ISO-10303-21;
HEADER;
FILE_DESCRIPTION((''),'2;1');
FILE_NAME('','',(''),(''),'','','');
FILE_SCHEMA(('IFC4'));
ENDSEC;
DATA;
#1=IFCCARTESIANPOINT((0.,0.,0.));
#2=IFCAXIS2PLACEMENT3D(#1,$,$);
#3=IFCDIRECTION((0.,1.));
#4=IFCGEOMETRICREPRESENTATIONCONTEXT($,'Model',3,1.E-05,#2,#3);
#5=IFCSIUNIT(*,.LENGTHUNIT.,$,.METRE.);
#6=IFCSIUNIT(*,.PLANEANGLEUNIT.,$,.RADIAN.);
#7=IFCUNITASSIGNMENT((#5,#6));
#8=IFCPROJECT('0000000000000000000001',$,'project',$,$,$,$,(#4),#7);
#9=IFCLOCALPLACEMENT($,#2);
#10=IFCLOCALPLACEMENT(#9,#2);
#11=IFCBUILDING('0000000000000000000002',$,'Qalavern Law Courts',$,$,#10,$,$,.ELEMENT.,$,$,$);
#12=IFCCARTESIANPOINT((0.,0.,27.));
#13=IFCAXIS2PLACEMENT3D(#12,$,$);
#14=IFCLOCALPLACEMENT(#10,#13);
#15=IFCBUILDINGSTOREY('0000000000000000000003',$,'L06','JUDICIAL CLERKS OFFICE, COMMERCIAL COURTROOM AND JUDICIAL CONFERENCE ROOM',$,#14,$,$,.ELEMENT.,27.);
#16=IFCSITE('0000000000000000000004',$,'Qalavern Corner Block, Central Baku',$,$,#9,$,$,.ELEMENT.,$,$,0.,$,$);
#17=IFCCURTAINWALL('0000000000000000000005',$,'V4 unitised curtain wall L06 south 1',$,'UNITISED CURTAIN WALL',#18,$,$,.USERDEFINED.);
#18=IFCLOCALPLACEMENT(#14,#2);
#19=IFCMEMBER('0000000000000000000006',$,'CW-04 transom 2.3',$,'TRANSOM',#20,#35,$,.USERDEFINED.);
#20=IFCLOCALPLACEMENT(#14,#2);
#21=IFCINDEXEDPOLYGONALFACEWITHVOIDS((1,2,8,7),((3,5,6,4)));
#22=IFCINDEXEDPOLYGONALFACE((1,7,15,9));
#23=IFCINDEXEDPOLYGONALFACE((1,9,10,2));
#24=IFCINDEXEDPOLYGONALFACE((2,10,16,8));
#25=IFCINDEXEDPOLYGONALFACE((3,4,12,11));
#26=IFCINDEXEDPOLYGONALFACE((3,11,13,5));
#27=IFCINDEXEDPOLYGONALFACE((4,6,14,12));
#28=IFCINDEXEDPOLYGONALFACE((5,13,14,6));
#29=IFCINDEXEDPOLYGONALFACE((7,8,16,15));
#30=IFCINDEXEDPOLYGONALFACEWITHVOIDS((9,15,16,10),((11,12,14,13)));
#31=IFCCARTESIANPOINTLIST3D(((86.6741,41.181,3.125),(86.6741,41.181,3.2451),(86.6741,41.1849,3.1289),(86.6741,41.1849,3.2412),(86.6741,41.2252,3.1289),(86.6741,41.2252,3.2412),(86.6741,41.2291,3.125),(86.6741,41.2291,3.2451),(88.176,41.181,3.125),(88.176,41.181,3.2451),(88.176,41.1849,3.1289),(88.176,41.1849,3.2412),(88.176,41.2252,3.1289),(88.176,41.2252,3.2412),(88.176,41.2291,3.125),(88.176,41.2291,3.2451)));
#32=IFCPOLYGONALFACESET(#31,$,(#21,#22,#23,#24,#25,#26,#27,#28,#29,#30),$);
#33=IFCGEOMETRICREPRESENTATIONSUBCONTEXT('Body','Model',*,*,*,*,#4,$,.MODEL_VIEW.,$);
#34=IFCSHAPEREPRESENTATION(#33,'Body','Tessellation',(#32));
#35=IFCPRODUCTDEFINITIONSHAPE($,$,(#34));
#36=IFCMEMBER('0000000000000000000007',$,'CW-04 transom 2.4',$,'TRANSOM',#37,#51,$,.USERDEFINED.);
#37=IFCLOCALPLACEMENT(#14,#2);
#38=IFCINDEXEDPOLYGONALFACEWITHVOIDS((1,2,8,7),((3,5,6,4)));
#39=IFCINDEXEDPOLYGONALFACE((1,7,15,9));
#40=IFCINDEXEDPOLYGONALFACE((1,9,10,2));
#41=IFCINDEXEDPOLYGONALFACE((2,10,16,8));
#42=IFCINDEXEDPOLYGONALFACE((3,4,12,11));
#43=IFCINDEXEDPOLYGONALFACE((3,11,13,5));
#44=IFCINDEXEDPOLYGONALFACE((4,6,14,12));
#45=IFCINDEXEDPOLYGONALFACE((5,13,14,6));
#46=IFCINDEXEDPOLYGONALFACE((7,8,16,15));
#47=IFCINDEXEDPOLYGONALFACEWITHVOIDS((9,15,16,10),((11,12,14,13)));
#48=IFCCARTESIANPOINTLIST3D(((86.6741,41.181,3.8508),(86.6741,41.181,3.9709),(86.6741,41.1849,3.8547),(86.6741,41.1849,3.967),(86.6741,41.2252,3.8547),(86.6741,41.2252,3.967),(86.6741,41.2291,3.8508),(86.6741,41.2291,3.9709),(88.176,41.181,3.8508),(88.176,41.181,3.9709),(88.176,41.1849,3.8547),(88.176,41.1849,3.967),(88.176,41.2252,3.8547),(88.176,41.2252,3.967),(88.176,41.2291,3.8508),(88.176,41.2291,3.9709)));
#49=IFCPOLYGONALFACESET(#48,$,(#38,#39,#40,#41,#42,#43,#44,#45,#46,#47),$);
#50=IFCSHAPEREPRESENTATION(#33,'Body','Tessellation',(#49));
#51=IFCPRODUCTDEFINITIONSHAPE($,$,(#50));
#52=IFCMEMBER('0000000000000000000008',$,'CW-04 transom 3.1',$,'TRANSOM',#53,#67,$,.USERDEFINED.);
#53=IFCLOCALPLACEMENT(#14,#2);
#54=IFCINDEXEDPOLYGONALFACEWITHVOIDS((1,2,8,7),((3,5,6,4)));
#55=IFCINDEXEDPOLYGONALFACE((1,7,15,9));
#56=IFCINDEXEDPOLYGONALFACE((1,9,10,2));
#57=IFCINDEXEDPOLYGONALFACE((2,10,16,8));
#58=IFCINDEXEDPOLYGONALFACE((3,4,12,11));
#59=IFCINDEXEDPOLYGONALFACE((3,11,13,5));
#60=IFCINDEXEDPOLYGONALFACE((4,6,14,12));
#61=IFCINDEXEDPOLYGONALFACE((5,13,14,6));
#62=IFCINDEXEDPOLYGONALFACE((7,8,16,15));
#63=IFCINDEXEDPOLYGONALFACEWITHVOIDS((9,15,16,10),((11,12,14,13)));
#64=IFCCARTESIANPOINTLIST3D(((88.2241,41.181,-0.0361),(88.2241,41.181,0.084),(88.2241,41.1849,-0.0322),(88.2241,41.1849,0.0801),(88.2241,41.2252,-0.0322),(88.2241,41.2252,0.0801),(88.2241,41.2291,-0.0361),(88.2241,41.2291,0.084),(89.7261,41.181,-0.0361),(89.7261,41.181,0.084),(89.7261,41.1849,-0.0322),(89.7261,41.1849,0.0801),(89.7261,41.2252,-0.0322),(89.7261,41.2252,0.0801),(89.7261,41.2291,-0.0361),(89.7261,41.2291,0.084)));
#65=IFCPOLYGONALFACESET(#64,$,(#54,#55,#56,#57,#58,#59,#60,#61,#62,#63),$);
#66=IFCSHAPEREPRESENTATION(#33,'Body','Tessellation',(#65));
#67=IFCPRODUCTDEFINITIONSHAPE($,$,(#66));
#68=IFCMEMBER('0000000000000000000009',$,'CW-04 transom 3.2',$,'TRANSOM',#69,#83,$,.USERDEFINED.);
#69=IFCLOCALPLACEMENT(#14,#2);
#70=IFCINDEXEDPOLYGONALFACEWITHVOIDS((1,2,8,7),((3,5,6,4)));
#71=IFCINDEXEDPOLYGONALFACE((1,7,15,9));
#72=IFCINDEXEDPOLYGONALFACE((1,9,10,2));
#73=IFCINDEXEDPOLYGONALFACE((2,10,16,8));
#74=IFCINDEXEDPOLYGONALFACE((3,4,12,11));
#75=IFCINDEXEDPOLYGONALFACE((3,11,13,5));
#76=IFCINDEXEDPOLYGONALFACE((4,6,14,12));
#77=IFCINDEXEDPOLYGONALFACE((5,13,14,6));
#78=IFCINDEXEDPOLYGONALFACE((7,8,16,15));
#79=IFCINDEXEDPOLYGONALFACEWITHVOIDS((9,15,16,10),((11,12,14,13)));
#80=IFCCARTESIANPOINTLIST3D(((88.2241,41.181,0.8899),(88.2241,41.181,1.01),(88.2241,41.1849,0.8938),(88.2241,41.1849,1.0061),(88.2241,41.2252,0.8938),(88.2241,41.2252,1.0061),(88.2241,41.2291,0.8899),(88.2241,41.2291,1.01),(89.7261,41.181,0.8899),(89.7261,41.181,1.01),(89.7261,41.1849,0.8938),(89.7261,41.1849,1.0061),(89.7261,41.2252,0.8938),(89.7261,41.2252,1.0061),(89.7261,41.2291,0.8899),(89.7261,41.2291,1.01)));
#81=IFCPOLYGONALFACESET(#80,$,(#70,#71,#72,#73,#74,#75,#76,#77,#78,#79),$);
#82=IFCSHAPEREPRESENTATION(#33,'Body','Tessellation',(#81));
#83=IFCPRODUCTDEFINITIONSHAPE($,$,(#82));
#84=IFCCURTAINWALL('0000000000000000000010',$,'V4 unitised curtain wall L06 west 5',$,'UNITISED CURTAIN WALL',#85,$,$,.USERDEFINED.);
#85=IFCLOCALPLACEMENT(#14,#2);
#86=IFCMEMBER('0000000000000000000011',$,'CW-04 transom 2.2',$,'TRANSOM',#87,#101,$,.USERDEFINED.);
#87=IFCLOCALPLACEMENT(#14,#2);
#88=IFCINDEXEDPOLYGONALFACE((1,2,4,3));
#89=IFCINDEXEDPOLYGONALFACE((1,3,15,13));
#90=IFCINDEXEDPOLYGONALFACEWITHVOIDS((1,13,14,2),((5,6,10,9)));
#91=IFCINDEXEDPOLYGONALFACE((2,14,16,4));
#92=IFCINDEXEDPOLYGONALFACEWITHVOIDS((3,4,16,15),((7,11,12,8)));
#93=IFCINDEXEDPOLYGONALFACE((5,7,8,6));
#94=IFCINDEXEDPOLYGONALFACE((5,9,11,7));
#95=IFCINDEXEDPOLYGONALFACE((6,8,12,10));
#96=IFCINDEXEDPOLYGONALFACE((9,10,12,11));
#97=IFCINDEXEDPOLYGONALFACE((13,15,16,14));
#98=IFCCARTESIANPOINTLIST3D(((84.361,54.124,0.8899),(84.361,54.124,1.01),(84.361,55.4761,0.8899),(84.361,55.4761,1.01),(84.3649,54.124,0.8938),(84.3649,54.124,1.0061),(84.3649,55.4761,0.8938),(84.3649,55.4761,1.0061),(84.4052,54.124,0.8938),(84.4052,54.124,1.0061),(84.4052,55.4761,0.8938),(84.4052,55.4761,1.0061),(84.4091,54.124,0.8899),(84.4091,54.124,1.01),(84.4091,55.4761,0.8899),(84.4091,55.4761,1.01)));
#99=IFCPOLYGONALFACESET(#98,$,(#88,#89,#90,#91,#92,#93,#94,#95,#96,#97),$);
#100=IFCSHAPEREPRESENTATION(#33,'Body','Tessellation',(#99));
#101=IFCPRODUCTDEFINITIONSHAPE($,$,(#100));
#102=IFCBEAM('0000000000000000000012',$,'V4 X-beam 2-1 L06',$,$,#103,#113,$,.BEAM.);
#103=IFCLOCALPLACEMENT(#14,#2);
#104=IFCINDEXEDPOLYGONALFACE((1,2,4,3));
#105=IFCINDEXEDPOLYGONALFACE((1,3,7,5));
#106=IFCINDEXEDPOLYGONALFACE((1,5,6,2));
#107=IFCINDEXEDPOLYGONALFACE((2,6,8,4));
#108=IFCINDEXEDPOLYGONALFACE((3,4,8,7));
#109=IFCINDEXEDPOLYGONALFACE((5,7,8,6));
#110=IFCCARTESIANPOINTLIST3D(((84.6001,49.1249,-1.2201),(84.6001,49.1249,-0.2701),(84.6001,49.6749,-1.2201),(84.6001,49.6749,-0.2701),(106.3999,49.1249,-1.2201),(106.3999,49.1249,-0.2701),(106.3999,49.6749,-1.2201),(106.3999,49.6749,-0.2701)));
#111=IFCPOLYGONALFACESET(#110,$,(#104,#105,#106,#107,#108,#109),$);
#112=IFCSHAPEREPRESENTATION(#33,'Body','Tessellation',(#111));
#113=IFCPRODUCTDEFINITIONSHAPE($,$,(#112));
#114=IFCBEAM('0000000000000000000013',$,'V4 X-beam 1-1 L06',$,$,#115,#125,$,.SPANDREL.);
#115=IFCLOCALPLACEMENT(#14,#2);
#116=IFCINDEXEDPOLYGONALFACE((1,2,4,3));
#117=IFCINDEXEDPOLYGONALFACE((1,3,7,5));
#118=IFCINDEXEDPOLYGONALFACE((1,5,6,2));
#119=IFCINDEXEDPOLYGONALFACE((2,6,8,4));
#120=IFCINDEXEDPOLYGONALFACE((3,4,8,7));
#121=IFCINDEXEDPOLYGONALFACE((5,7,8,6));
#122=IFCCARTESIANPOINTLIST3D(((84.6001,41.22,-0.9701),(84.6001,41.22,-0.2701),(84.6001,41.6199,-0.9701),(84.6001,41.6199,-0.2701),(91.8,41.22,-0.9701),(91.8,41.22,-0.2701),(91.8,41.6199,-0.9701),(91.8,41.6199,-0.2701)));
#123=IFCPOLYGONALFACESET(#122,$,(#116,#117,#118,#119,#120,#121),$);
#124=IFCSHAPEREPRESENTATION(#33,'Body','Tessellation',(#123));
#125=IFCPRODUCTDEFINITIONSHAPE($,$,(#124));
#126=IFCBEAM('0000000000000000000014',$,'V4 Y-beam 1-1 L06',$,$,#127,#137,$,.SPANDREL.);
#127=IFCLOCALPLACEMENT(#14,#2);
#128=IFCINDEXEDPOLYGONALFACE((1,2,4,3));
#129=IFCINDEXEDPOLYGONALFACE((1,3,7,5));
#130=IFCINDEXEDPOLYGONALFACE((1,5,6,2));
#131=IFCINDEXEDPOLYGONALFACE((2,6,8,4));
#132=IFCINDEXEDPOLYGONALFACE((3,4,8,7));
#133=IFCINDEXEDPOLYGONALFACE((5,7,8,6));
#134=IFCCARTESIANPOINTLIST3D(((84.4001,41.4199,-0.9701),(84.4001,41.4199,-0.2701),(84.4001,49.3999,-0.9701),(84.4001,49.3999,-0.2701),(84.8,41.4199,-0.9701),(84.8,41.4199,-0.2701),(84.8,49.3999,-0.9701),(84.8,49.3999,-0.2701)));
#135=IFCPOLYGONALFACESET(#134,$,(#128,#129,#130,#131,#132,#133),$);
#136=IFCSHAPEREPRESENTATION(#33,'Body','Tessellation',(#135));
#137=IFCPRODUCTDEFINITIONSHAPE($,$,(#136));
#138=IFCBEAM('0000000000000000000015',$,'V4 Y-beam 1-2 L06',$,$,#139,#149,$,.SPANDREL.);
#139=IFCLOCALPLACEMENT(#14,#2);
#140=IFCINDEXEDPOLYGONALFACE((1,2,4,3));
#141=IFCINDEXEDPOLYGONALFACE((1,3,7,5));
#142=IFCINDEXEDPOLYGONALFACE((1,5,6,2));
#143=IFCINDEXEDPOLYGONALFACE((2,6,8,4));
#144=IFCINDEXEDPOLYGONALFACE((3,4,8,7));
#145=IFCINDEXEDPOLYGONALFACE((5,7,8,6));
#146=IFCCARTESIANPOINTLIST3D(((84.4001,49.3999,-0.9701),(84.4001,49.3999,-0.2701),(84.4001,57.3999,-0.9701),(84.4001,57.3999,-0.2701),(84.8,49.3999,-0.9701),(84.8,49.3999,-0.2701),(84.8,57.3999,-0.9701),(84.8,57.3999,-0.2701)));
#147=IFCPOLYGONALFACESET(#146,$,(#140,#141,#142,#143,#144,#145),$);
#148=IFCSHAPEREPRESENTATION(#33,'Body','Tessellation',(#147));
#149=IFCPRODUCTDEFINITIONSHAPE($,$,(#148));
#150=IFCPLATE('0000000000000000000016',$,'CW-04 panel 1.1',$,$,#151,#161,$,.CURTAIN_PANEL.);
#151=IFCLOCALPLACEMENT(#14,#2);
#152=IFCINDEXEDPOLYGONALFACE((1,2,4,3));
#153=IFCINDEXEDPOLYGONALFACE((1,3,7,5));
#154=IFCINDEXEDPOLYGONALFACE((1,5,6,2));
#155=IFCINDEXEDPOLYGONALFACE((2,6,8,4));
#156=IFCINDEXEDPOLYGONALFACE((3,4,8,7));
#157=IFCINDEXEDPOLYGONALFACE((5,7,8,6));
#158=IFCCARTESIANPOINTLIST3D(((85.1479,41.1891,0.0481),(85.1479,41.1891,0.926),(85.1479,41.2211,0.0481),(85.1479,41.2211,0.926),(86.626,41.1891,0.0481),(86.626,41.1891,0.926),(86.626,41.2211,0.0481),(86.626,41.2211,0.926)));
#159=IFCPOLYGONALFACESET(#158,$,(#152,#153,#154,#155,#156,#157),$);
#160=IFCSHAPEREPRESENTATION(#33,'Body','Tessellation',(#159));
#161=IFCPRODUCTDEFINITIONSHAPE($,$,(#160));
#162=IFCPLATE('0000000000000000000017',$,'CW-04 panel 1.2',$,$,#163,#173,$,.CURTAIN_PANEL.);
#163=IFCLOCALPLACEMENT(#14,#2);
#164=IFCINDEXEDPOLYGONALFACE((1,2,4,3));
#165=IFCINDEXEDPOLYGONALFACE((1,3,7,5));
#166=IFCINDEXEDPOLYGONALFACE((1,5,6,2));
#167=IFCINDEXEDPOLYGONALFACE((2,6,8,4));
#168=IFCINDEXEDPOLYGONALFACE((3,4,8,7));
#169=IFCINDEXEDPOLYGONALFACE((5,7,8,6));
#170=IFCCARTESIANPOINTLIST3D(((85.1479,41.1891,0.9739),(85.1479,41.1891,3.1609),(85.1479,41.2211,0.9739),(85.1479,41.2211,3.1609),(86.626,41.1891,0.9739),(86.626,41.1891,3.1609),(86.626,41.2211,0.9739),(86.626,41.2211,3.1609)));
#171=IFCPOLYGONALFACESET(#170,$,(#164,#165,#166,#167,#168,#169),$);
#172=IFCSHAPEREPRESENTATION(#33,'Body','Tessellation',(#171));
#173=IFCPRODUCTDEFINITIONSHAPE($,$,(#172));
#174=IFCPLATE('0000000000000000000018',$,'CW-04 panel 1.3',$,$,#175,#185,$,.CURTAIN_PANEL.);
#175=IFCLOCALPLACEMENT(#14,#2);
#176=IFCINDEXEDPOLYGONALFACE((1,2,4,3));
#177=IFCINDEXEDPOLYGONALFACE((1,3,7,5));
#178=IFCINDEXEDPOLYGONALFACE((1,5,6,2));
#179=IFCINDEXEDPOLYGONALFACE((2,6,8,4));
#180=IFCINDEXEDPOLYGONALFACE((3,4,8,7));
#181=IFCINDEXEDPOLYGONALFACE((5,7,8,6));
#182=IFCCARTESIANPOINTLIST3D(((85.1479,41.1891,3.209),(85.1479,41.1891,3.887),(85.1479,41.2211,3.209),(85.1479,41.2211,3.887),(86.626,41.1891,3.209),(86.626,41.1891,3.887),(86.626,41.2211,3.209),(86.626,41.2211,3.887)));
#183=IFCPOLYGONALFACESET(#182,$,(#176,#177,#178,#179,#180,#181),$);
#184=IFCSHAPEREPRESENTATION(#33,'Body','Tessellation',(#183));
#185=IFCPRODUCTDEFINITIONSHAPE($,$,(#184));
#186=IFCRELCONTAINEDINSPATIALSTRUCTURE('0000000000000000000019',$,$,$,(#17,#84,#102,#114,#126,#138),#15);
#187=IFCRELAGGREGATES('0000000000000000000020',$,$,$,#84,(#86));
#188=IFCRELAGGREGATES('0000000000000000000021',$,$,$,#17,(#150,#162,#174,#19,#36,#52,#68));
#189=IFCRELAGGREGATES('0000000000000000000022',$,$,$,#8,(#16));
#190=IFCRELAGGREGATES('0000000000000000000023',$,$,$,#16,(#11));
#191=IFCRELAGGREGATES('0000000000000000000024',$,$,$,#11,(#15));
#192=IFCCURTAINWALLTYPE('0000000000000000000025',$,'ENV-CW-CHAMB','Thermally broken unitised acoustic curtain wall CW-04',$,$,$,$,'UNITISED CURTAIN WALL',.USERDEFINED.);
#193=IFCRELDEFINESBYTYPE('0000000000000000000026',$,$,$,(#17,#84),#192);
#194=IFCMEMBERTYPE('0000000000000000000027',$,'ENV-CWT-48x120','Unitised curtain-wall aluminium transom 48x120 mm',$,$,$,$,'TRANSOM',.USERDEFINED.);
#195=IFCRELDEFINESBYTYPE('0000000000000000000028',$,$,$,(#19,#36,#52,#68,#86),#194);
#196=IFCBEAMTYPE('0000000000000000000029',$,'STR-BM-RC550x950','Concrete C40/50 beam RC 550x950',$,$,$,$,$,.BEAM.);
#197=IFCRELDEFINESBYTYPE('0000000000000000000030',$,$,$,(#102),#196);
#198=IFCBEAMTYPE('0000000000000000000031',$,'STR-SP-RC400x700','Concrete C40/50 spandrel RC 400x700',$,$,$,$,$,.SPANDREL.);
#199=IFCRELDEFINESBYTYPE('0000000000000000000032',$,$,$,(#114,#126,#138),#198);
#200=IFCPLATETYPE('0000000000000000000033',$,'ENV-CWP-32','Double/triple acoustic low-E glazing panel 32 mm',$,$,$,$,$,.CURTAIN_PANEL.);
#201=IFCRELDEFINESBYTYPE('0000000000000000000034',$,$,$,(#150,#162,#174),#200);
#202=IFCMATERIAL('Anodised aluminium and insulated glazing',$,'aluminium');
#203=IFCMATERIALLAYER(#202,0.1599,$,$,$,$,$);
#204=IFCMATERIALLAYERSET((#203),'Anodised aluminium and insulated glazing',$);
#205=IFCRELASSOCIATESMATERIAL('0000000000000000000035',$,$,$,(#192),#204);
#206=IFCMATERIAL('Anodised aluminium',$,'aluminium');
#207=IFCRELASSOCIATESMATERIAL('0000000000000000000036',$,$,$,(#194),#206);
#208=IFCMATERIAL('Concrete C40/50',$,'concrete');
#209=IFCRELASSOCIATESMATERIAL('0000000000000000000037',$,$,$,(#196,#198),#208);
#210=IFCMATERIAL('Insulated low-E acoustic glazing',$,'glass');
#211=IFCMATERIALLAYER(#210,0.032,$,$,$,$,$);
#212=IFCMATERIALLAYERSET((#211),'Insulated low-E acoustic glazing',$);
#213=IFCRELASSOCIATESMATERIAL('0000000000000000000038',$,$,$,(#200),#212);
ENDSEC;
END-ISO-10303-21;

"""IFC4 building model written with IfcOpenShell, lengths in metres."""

from ifc_helpers import new_model, si_unit, direction, frame, origin, origin_2d, place, context, subcontext, project, spatial, rectangle, hollow_rectangle, extrude, material, layer, layer_set, material_profile, profile_set, type_object, element, aggregate, save


model = new_model("IFC4")

# Units and contexts
model_context = context("Model", 3, precision=1e-05, world=origin(), true_north=direction((0.0, 1.0)))
body_context = subcontext(model_context, "Body", "Model", "MODEL_VIEW")
ifc_project = project(units=[si_unit("LENGTHUNIT", "METRE"), si_unit("PLANEANGLEUNIT", "RADIAN")], contexts=[model_context])

# Site, building, storey
site_placement = place(None, origin())
site = spatial("IfcSite", under=ifc_project, at=site_placement, Name="Qalavern Corner Block, Central Baku", CompositionType="ELEMENT", RefElevation=0.0)
building_placement = place(site_placement, origin())
building = spatial("IfcBuilding", under=site, at=building_placement, Name="Qalavern Law Courts", CompositionType="ELEMENT")
storey_placement = place(building_placement, frame((0.0, 0.0, 27.0)))
storey = spatial("IfcBuildingStorey", under=building, at=storey_placement, Name="L06", Description="JUDICIAL CLERKS OFFICE, COMMERCIAL COURTROOM AND JUDICIAL CONFERENCE ROOM", CompositionType="ELEMENT", Elevation=27.0)

# Curtain wall, members
ifc_material_1 = material(Name="Anodised aluminium and insulated glazing", Category="aluminium")
ifc_layer_1 = layer(ifc_material_1, 0.1599)
ifc_layer_set_1 = layer_set([ifc_layer_1], Name="Anodised aluminium and insulated glazing")
curtain_wall_type = type_object("IfcCurtainWallType", Name="ENV-CW-CHAMB", Description="Thermally broken unitised acoustic curtain wall CW-04", ElementType="UNITISED CURTAIN WALL", PredefinedType="USERDEFINED", material=ifc_layer_set_1)
curtain_wall_1_placement = place(storey_placement, origin())
curtain_wall_1 = element("IfcCurtainWall", 1, at=curtain_wall_1_placement, inside=storey, type_object=curtain_wall_type, Name="V4 unitised curtain wall L06 south 1", ObjectType="UNITISED CURTAIN WALL", PredefinedType="USERDEFINED")
ifc_material_2 = material(Name="Anodised aluminium", Category="aluminium")
ifc_material_profile_1 = material_profile(ifc_material_2, hollow_rectangle(XDim=0.0481, YDim=0.1201, WallThickness=0.0039, at=origin_2d()), Name="ALU TRANSOM 48x120")
ifc_profile_set_1 = profile_set([ifc_material_profile_1], Name="Anodised aluminium")
member_type_1 = type_object("IfcMemberType", Name="ENV-CWT-48x120", Description="Unitised curtain-wall aluminium transom 48x120 mm", ElementType="TRANSOM", PredefinedType="USERDEFINED", material=ifc_profile_set_1)
member_1_placement = place(storey_placement, frame((86.6741, 41.2051, 3.1851), z_axis=(1.0, 0.0, 0.0), x_axis=(0.0, 1.0, 0.0)))
member_1 = element("IfcMember", 2, at=member_1_placement, type_object=member_type_1, Name="CW-04 transom 2.3", ObjectType="TRANSOM", PredefinedType="USERDEFINED", context=body_context, shape_type="SweptSolid", body=[
    extrude(hollow_rectangle(XDim=0.0481, YDim=0.1201, WallThickness=0.0039, at=origin_2d()), origin(), (0.0, 0.0, 1.0), 1.502),
])
member_2_placement = place(storey_placement, frame((86.6741, 41.2051, 3.9109), z_axis=(1.0, 0.0, 0.0), x_axis=(0.0, 1.0, 0.0)))
member_2 = element("IfcMember", 3, at=member_2_placement, type_object=member_type_1, Name="CW-04 transom 2.4", ObjectType="TRANSOM", PredefinedType="USERDEFINED", context=body_context, shape_type="SweptSolid", body=[
    extrude(hollow_rectangle(XDim=0.0481, YDim=0.1201, WallThickness=0.0039, at=origin_2d()), origin(), (0.0, 0.0, 1.0), 1.502),
])
member_3_placement = place(storey_placement, frame((88.2241, 41.2051, 0.0239), z_axis=(1.0, 0.0, 0.0), x_axis=(0.0, 1.0, 0.0)))
member_3 = element("IfcMember", 4, at=member_3_placement, type_object=member_type_1, Name="CW-04 transom 3.1", ObjectType="TRANSOM", PredefinedType="USERDEFINED", context=body_context, shape_type="SweptSolid", body=[
    extrude(hollow_rectangle(XDim=0.0481, YDim=0.1201, WallThickness=0.0039, at=origin_2d()), origin(), (0.0, 0.0, 1.0), 1.502),
])
member_4_placement = place(storey_placement, frame((88.2241, 41.2051, 0.95), z_axis=(1.0, 0.0, 0.0), x_axis=(0.0, 1.0, 0.0)))
member_4 = element("IfcMember", 5, at=member_4_placement, type_object=member_type_1, Name="CW-04 transom 3.2", ObjectType="TRANSOM", PredefinedType="USERDEFINED", context=body_context, shape_type="SweptSolid", body=[
    extrude(hollow_rectangle(XDim=0.0481, YDim=0.1201, WallThickness=0.0039, at=origin_2d()), origin(), (0.0, 0.0, 1.0), 1.502),
])

# Curtain wall, member
curtain_wall_2_placement = place(storey_placement, origin())
curtain_wall_2 = element("IfcCurtainWall", 6, at=curtain_wall_2_placement, inside=storey, type_object=curtain_wall_type, Name="V4 unitised curtain wall L06 west 5", ObjectType="UNITISED CURTAIN WALL", PredefinedType="USERDEFINED")
member_5_placement = place(storey_placement, frame((84.385, 55.4761, 0.95), z_axis=(0.0, -1.0, 0.0), x_axis=(1.0, 0.0, 0.0)))
member_5 = element("IfcMember", 7, at=member_5_placement, type_object=member_type_1, Name="CW-04 transom 2.2", ObjectType="TRANSOM", PredefinedType="USERDEFINED", context=body_context, shape_type="SweptSolid", body=[
    extrude(hollow_rectangle(XDim=0.0481, YDim=0.1201, WallThickness=0.0039, at=origin_2d()), origin(), (0.0, 0.0, 1.0), 1.3521),
])
aggregate(curtain_wall_2, [member_5])

# Beams
ifc_material_3 = material(Name="Concrete C40/50", Category="concrete")
ifc_material_profile_2 = material_profile(ifc_material_3, rectangle(XDim=0.55, YDim=0.95, at=origin_2d()), Name="RC 550x950")
ifc_profile_set_2 = profile_set([ifc_material_profile_2], Name="Concrete C40/50")
beam_type_1 = type_object("IfcBeamType", Name="STR-BM-RC550x950", Description="Concrete C40/50 beam RC 550x950", PredefinedType="BEAM", material=ifc_profile_set_2)
beam_1_placement = place(storey_placement, frame((84.6001, 49.3999, -0.7451), z_axis=(1.0, 0.0, 0.0), x_axis=(0.0, 1.0, 0.0)))
element("IfcBeam", 8, at=beam_1_placement, inside=storey, type_object=beam_type_1, Name="V4 X-beam 2-1 L06", PredefinedType="BEAM", context=body_context, shape_type="SweptSolid", body=[
    extrude(rectangle(XDim=0.55, YDim=0.95, at=origin_2d()), origin(), (0.0, 0.0, 1.0), 21.7998),
])
ifc_material_profile_3 = material_profile(ifc_material_3, rectangle(XDim=0.3999, YDim=0.7, at=origin_2d()), Name="RC 400x700")
ifc_profile_set_3 = profile_set([ifc_material_profile_3], Name="Concrete C40/50")
beam_type_2 = type_object("IfcBeamType", Name="STR-SP-RC400x700", Description="Concrete C40/50 spandrel RC 400x700", PredefinedType="SPANDREL", material=ifc_profile_set_3)
beam_2_placement = place(storey_placement, frame((84.6001, 41.4199, -0.6201), z_axis=(1.0, 0.0, 0.0), x_axis=(0.0, 1.0, 0.0)))
element("IfcBeam", 9, at=beam_2_placement, inside=storey, type_object=beam_type_2, Name="V4 X-beam 1-1 L06", PredefinedType="SPANDREL", context=body_context, shape_type="SweptSolid", body=[
    extrude(rectangle(XDim=0.3999, YDim=0.7, at=origin_2d()), origin(), (0.0, 0.0, 1.0), 7.2),
])
beam_3_placement = place(storey_placement, frame((84.6001, 41.4199, -0.6201), z_axis=(0.0, 1.0, 0.0), x_axis=(-1.0, 0.0, 0.0)))
element("IfcBeam", 10, at=beam_3_placement, inside=storey, type_object=beam_type_2, Name="V4 Y-beam 1-1 L06", PredefinedType="SPANDREL", context=body_context, shape_type="SweptSolid", body=[
    extrude(rectangle(XDim=0.3999, YDim=0.7, at=origin_2d()), origin(), (0.0, 0.0, 1.0), 7.98),
])
beam_4_placement = place(storey_placement, frame((84.6001, 49.3999, -0.6201), z_axis=(0.0, 1.0, 0.0), x_axis=(-1.0, 0.0, 0.0)))
element("IfcBeam", 11, at=beam_4_placement, inside=storey, type_object=beam_type_2, Name="V4 Y-beam 1-2 L06", PredefinedType="SPANDREL", context=body_context, shape_type="SweptSolid", body=[
    extrude(rectangle(XDim=0.3999, YDim=0.7, at=origin_2d()), origin(), (0.0, 0.0, 1.0), 8.0),
])

# Plates
ifc_material_4 = material(Name="Insulated low-E acoustic glazing", Category="glass")
ifc_layer_2 = layer(ifc_material_4, 0.032)
ifc_layer_set_2 = layer_set([ifc_layer_2], Name="Insulated low-E acoustic glazing")
plate_type = type_object("IfcPlateType", Name="ENV-CWP-32", Description="Double/triple acoustic low-E glazing panel 32 mm", PredefinedType="CURTAIN_PANEL", material=ifc_layer_set_2)
plate_1_placement = place(storey_placement, frame((85.887, 41.2051, 0.0481), z_axis=(0.0, 0.0, 1.0), x_axis=(1.0, 0.0, 0.0)))
plate_1 = element("IfcPlate", 12, at=plate_1_placement, type_object=plate_type, Name="CW-04 panel 1.1", PredefinedType="CURTAIN_PANEL", context=body_context, shape_type="SweptSolid", body=[
    extrude(rectangle(XDim=1.478, YDim=0.032, at=origin_2d()), origin(), (0.0, 0.0, 1.0), 0.8779),
])
plate_2_placement = place(storey_placement, frame((85.887, 41.2051, 0.9739), z_axis=(0.0, 0.0, 1.0), x_axis=(1.0, 0.0, 0.0)))
plate_2 = element("IfcPlate", 13, at=plate_2_placement, type_object=plate_type, Name="CW-04 panel 1.2", PredefinedType="CURTAIN_PANEL", context=body_context, shape_type="SweptSolid", body=[
    extrude(rectangle(XDim=1.478, YDim=0.032, at=origin_2d()), origin(), (0.0, 0.0, 1.0), 2.187),
])
plate_3_placement = place(storey_placement, frame((85.887, 41.2051, 3.209), z_axis=(0.0, 0.0, 1.0), x_axis=(1.0, 0.0, 0.0)))
plate_3 = element("IfcPlate", 14, at=plate_3_placement, type_object=plate_type, Name="CW-04 panel 1.3", PredefinedType="CURTAIN_PANEL", context=body_context, shape_type="SweptSolid", body=[
    extrude(rectangle(XDim=1.478, YDim=0.032, at=origin_2d()), origin(), (0.0, 0.0, 1.0), 0.678),
])
aggregate(curtain_wall_1, [plate_1, plate_2, plate_3, member_1, member_2, member_3, member_4])

save(model, "model.ifc")
